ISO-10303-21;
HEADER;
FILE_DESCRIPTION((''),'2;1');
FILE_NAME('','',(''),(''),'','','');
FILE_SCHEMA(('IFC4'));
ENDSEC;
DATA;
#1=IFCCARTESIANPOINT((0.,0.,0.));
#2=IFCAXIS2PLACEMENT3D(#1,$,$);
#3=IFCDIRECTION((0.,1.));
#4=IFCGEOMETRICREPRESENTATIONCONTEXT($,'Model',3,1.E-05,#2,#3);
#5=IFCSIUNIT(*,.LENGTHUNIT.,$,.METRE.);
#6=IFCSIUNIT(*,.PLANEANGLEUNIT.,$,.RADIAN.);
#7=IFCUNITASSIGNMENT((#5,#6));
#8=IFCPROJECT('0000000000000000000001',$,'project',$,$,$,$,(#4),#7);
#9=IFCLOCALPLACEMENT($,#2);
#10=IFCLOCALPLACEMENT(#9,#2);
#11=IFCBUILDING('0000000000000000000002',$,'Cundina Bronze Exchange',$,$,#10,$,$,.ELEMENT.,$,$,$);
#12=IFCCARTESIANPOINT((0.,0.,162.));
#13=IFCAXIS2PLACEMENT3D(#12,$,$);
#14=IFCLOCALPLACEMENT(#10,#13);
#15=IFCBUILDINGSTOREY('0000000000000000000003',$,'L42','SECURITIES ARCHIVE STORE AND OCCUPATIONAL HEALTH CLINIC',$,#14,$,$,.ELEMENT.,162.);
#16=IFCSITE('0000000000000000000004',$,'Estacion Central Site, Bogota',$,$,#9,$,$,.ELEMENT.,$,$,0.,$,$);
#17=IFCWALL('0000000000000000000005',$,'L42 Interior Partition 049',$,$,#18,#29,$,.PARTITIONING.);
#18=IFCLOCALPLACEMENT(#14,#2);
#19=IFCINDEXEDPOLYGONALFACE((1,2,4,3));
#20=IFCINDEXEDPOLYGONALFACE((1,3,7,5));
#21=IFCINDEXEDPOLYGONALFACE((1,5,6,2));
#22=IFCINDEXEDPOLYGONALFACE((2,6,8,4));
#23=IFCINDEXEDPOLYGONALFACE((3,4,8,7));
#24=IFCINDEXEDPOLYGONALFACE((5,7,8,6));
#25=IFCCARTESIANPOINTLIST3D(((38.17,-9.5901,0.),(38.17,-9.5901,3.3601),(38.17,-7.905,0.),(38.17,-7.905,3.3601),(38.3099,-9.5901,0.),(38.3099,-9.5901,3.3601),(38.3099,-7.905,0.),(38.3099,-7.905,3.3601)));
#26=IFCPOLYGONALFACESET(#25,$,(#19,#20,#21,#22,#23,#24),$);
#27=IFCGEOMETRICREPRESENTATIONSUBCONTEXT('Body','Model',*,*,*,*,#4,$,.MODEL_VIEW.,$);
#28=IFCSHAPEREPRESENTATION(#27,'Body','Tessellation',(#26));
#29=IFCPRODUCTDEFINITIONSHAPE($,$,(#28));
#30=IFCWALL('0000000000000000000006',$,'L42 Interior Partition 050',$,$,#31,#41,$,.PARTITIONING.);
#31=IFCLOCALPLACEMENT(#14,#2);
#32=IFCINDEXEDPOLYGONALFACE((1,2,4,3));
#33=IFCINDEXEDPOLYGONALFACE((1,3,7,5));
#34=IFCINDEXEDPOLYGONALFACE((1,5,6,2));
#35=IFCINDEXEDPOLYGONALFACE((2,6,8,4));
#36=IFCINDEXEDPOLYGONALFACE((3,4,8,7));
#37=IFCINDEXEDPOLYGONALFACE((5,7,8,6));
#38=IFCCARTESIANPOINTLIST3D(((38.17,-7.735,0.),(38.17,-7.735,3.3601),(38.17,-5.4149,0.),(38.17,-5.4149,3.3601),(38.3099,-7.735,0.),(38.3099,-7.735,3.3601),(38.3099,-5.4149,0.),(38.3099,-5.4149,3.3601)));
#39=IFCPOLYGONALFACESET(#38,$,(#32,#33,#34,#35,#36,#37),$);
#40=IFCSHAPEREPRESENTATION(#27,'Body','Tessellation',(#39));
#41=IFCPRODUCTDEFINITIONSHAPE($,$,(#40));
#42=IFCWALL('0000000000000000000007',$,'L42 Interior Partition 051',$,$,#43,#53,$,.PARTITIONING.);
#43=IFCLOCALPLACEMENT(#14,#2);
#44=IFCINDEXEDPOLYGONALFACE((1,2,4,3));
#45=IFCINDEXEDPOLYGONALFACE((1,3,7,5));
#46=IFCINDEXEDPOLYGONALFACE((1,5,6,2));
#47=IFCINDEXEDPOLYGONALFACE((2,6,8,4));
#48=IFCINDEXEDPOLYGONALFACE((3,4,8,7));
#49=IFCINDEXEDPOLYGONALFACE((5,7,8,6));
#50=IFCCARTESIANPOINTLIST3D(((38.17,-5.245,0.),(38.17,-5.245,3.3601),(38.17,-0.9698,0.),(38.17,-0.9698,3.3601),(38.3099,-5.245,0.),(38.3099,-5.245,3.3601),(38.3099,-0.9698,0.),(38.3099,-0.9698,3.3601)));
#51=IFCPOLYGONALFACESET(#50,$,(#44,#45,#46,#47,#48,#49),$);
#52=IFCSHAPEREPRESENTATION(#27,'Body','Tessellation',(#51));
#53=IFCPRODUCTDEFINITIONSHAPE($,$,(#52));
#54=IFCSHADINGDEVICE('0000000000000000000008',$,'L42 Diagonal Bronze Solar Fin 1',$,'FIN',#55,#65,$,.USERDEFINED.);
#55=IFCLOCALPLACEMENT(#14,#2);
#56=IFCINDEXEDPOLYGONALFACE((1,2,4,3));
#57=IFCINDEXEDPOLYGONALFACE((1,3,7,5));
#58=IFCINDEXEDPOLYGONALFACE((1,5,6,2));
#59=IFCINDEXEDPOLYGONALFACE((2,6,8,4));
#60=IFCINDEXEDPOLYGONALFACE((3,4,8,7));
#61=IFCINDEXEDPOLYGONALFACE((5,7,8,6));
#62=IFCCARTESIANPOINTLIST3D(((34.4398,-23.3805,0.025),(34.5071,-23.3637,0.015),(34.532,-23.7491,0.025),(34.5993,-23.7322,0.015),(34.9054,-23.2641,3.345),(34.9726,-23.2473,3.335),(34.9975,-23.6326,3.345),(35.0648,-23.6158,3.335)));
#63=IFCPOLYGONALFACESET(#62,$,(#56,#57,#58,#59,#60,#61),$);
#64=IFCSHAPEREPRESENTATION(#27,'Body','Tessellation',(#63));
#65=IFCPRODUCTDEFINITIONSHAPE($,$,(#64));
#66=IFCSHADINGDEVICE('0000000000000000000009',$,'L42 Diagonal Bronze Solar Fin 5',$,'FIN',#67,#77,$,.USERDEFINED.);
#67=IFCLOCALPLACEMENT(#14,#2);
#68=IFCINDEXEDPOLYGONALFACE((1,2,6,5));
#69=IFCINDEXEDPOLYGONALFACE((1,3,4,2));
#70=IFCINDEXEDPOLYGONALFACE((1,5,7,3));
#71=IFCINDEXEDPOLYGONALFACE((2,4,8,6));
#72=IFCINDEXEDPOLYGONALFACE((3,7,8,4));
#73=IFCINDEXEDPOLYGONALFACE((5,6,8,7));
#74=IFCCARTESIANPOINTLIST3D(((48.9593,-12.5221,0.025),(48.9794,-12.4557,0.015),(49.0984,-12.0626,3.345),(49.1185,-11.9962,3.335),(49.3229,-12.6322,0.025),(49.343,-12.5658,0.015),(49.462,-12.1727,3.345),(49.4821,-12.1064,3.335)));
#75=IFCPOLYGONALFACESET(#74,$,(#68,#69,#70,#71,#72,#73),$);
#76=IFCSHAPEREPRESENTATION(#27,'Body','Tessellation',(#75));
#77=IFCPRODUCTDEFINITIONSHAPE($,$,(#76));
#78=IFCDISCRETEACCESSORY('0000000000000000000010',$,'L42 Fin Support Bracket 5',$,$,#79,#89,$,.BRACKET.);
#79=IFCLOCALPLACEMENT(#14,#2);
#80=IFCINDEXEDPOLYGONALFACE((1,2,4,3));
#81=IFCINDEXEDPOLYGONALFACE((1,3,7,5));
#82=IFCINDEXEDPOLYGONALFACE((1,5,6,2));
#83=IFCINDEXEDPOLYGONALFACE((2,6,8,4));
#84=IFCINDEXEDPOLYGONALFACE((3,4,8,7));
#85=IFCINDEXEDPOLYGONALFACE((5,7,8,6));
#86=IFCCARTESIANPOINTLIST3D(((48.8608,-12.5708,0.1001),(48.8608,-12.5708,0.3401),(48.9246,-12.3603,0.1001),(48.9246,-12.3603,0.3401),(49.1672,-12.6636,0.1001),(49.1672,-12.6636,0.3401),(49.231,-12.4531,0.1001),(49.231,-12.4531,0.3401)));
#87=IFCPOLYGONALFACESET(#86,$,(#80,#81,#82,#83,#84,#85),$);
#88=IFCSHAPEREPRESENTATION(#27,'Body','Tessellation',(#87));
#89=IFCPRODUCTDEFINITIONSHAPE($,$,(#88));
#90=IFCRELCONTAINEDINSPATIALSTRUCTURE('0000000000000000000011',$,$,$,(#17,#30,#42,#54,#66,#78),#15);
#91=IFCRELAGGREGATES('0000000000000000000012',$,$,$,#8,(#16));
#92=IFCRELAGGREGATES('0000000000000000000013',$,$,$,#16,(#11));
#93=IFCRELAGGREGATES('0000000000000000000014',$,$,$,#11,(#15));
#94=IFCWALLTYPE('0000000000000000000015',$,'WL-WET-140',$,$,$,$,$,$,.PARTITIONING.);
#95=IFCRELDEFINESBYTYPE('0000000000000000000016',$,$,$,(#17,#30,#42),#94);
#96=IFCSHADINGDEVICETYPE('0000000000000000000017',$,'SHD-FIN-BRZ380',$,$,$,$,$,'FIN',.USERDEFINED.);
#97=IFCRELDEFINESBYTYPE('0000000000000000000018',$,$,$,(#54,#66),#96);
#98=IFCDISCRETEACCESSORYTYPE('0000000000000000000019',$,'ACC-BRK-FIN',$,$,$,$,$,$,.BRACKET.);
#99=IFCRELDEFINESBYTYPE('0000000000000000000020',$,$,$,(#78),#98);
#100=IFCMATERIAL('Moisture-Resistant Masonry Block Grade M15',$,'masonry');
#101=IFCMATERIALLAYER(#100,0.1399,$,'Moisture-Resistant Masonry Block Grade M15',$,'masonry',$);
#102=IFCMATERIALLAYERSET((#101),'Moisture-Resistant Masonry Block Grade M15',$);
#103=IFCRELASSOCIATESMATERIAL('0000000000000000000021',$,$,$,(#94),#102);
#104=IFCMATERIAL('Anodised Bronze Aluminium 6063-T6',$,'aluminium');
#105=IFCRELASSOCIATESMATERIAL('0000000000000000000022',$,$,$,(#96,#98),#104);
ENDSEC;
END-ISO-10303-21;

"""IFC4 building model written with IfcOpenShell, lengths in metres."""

from ifc_helpers import new_model, si_unit, direction, frame, frame_2d, origin, origin_2d, place, context, subcontext, project, spatial, rectangle, extrude, material, layer, layer_set, material_profile, profile_set, type_object, element, save


model = new_model("IFC4")

# Units and contexts
model_context = context("Model", 3, precision=1e-05, world=origin(), true_north=direction((0.0, 1.0)))
body_context = subcontext(model_context, "Body", "Model", "MODEL_VIEW")
ifc_project = project(units=[si_unit("LENGTHUNIT", "METRE"), si_unit("PLANEANGLEUNIT", "RADIAN")], contexts=[model_context])

# Site, building, storey
site_placement = place(None, origin())
site = spatial("IfcSite", under=ifc_project, at=site_placement, Name="Estacion Central Site, Bogota", CompositionType="ELEMENT", RefElevation=0.0)
building_placement = place(site_placement, origin())
building = spatial("IfcBuilding", under=site, at=building_placement, Name="Cundina Bronze Exchange", CompositionType="ELEMENT")
storey_placement = place(building_placement, frame((0.0, 0.0, 162.0)))
storey = spatial("IfcBuildingStorey", under=building, at=storey_placement, Name="L42", Description="SECURITIES ARCHIVE STORE AND OCCUPATIONAL HEALTH CLINIC", CompositionType="ELEMENT", Elevation=162.0)

# Shared definitions
ifc_material_1 = material(Name="Anodised Bronze Aluminium 6063-T6", Category="aluminium")

# Walls
ifc_material_2 = material(Name="Moisture-Resistant Masonry Block Grade M15", Category="masonry")
ifc_layer_1 = layer(ifc_material_2, 0.1399, Name="Moisture-Resistant Masonry Block Grade M15", Category="masonry")
ifc_layer_set_1 = layer_set([ifc_layer_1], Name="Moisture-Resistant Masonry Block Grade M15")
wall_type_1 = type_object("IfcWallType", Name="WL-WET-140", PredefinedType="PARTITIONING", material=ifc_layer_set_1)
wall_1_placement = place(storey_placement, frame((38.24, -9.5901, 0.0), z_axis=(0.0, 0.0, 1.0), x_axis=(0.0, 1.0, 0.0)))
element("IfcWall", 1, at=wall_1_placement, inside=storey, type_object=wall_type_1, Name="L42 Interior Partition 049", PredefinedType="PARTITIONING", context=body_context, shape_type="SweptSolid", body=[
    extrude(rectangle(XDim=1.6851, YDim=0.1399, at=frame_2d((0.8425, 0.0))), origin(), (0.0, 0.0, 1.0), 3.3601),
])
wall_2_placement = place(storey_placement, frame((38.24, -7.7351, 0.0), z_axis=(0.0, 0.0, 1.0), x_axis=(0.0, 1.0, 0.0)))
element("IfcWall", 2, at=wall_2_placement, inside=storey, type_object=wall_type_1, Name="L42 Interior Partition 050", PredefinedType="PARTITIONING", context=body_context, shape_type="SweptSolid", body=[
    extrude(rectangle(XDim=2.3201, YDim=0.1399, at=frame_2d((1.1602, 0.0))), origin(), (0.0, 0.0, 1.0), 3.3601),
])
wall_3_placement = place(storey_placement, frame((38.24, -5.2451, 0.0), z_axis=(0.0, 0.0, 1.0), x_axis=(0.0, 1.0, 0.0)))
element("IfcWall", 3, at=wall_3_placement, inside=storey, type_object=wall_type_1, Name="L42 Interior Partition 051", PredefinedType="PARTITIONING", context=body_context, shape_type="SweptSolid", body=[
    extrude(rectangle(XDim=4.2751, YDim=0.1399, at=frame_2d((2.1377, 0.0))), origin(), (0.0, 0.0, 1.0), 3.3601),
])

# Shading devices
ifc_material_profile_1 = material_profile(ifc_material_1, rectangle(XDim=0.0701, YDim=0.3799, at=origin_2d()), Name="FIN70X380", Category="aluminium")
ifc_profile_set_1 = profile_set([ifc_material_profile_1], Name="Anodised Bronze Aluminium 6063-T6")
shading_device_type = type_object("IfcShadingDeviceType", Name="SHD-FIN-BRZ380", ElementType="FIN", PredefinedType="USERDEFINED", material=ifc_profile_set_1)
for number, where, z_axis, x_axis, name in (
    (4, (34.5195, -23.5564, 0.02), (0.138788, 0.034715, 0.989713), (-0.960133, -0.240159, 0.143064), "L42 Diagonal Bronze Solar Fin 1"),
    (5, (49.1511, -12.5439, 0.02), (0.041483, 0.136968, 0.989706), (-0.286883, -0.947216, 0.143112), "L42 Diagonal Bronze Solar Fin 5"),
):
    element("IfcShadingDevice", number, at=place(storey_placement, frame(where, z_axis=z_axis, x_axis=x_axis)), inside=storey, type_object=shading_device_type, Name=name, ObjectType="FIN", PredefinedType="USERDEFINED", context=body_context, shape_type="SweptSolid", body=[
        extrude(rectangle(XDim=0.0701, YDim=0.3799, at=origin_2d()), origin(), (0.0, 0.0, 1.0), 3.3545),
    ])

# Discrete accessory
discrete_accessory_type = type_object("IfcDiscreteAccessoryType", Name="ACC-BRK-FIN", PredefinedType="BRACKET", material=ifc_material_1)
discrete_accessory_placement = place(storey_placement, frame((49.0459, -12.512, 0.1001), z_axis=(0.0, 0.0, 1.0), x_axis=(0.290051, 0.957011, 0.0)))
element("IfcDiscreteAccessory", 6, at=discrete_accessory_placement, inside=storey, type_object=discrete_accessory_type, Name="L42 Fin Support Bracket 5", PredefinedType="BRACKET", context=body_context, shape_type="SweptSolid", body=[
    extrude(rectangle(XDim=0.22, YDim=0.3201, at=origin_2d()), origin(), (0.0, 0.0, 1.0), 0.24),
])

save(model, "model.ifc")
